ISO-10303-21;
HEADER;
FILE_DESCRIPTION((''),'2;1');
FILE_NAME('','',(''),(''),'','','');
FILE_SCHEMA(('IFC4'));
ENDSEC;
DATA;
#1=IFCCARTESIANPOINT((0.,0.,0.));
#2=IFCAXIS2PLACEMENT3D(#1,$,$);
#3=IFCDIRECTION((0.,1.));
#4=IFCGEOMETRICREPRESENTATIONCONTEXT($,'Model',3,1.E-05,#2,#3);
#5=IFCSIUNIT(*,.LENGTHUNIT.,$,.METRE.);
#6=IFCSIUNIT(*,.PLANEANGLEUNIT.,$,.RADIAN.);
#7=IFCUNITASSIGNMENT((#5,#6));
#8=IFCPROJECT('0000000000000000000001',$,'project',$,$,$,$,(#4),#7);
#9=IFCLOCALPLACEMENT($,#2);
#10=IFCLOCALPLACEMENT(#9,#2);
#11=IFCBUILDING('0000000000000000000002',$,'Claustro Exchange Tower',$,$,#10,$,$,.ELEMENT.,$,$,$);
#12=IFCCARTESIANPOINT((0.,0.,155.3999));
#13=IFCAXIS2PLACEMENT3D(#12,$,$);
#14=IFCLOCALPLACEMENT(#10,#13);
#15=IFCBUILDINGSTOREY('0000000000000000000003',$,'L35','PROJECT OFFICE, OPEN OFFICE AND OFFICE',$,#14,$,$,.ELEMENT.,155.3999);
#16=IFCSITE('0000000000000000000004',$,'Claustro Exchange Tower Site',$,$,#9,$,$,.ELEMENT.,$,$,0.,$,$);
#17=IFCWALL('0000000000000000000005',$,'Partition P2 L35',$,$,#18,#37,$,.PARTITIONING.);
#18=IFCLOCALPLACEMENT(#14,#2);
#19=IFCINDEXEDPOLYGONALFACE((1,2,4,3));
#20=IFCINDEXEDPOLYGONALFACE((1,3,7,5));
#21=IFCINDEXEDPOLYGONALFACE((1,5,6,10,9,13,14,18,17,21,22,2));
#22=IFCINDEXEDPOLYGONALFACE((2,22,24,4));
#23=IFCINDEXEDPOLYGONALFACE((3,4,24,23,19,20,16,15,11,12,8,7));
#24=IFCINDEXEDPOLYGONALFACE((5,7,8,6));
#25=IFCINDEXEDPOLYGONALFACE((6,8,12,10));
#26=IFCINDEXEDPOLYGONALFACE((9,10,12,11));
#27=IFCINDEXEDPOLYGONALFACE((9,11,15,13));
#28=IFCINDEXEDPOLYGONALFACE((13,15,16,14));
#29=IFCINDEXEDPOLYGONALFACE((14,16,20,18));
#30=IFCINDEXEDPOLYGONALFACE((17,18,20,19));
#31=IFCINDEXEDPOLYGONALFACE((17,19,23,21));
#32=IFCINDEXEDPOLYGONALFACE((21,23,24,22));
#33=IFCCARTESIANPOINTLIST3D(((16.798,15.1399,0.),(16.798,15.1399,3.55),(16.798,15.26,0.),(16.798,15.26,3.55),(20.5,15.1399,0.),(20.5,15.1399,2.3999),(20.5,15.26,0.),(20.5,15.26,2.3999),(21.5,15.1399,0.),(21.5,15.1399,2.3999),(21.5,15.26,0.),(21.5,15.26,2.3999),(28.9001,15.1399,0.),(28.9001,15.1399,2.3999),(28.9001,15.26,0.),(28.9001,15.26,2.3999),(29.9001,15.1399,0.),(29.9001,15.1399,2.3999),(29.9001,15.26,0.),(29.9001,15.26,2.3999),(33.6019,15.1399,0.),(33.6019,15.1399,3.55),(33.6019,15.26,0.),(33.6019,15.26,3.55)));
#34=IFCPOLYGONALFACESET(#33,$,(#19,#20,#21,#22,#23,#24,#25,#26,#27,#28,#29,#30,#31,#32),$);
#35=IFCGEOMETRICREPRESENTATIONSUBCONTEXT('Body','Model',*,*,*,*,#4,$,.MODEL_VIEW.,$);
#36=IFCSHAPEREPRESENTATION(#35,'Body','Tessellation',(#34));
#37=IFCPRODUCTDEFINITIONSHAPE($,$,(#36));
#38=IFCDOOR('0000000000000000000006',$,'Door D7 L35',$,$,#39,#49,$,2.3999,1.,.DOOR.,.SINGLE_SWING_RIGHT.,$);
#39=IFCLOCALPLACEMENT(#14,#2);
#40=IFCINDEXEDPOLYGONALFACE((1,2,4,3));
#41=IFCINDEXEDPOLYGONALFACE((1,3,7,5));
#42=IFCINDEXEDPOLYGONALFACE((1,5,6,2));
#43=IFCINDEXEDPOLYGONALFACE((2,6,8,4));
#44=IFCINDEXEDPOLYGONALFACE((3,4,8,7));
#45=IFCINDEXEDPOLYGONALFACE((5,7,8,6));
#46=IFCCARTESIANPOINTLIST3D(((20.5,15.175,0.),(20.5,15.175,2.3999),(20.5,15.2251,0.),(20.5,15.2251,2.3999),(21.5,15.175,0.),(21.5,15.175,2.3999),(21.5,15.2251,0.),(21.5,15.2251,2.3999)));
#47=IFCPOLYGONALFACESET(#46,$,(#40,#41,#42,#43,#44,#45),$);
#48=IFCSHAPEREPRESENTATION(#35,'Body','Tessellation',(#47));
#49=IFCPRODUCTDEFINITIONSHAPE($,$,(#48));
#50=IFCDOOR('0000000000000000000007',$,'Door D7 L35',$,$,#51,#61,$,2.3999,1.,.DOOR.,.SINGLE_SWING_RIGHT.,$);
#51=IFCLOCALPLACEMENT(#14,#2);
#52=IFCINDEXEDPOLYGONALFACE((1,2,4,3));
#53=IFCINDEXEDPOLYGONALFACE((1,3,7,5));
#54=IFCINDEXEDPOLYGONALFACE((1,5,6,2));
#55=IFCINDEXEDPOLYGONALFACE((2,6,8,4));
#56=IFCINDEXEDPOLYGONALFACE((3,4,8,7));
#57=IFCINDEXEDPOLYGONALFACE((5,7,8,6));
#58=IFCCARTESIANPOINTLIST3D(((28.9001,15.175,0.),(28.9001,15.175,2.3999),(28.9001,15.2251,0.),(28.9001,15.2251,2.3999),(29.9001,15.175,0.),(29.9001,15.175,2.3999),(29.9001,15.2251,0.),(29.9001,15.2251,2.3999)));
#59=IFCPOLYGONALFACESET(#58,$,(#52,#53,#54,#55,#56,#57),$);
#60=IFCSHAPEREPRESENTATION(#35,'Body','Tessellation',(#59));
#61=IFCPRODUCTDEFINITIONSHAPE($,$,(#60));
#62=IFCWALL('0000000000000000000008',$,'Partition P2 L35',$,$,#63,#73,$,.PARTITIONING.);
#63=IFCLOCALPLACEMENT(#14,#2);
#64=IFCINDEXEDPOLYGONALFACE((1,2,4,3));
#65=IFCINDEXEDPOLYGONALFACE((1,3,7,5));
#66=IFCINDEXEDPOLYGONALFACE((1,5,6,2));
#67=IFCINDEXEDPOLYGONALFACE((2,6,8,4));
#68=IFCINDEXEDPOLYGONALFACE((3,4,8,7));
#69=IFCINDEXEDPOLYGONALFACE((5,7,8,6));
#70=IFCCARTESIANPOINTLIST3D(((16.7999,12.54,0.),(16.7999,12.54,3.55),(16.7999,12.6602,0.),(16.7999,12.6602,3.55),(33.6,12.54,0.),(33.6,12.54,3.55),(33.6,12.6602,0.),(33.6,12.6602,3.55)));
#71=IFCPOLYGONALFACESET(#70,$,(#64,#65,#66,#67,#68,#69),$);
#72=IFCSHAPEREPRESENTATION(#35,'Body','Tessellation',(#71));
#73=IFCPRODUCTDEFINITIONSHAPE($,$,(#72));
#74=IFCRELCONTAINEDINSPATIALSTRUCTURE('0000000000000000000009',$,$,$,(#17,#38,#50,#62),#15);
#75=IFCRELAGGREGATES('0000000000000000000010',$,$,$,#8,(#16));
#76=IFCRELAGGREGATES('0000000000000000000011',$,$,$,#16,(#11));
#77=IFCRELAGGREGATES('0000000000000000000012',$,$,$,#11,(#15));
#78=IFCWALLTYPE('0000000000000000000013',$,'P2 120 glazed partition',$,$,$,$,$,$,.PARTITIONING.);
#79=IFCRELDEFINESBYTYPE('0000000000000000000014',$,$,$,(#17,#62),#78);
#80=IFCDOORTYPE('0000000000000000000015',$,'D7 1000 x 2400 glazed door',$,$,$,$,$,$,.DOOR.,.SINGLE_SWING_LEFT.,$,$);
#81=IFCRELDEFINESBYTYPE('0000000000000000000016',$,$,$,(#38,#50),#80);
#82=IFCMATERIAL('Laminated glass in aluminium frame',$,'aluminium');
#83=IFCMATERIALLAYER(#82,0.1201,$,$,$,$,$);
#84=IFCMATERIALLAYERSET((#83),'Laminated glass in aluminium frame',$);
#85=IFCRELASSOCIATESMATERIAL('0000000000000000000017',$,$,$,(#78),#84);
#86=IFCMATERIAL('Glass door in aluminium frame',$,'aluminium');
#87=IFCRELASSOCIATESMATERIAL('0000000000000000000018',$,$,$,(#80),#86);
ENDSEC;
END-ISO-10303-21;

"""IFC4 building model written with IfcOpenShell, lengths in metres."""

from ifc_helpers import new_model, si_unit, direction, frame, frame_2d, origin, place, context, subcontext, project, spatial, rectangle, extrude, material, layer, layer_set, type_object, element, fill, save


model = new_model("IFC4")

# Units and contexts
model_context = context("Model", 3, precision=1e-05, world=origin(), true_north=direction((0.0, 1.0)))
body_context = subcontext(model_context, "Body", "Model", "MODEL_VIEW")
ifc_project = project(units=[si_unit("LENGTHUNIT", "METRE"), si_unit("PLANEANGLEUNIT", "RADIAN")], contexts=[model_context])

# Site, building, storey
site_placement = place(None, origin())
site = spatial("IfcSite", under=ifc_project, at=site_placement, Name="Claustro Exchange Tower Site", CompositionType="ELEMENT", RefElevation=0.0)
building_placement = place(site_placement, origin())
building = spatial("IfcBuilding", under=site, at=building_placement, Name="Claustro Exchange Tower", CompositionType="ELEMENT")
storey_placement = place(building_placement, frame((0.0, 0.0, 155.3999)))
storey = spatial("IfcBuildingStorey", under=building, at=storey_placement, Name="L35", Description="PROJECT OFFICE, OPEN OFFICE AND OFFICE", CompositionType="ELEMENT", Elevation=155.3999)

# Shared definitions
ifc_material_1 = material(Name="Laminated glass in aluminium frame", Category="aluminium")
ifc_layer_1 = layer(ifc_material_1, 0.1201)
ifc_layer_set_1 = layer_set([ifc_layer_1], Name="Laminated glass in aluminium frame")
wall_type_1 = type_object("IfcWallType", Name="P2 120 glazed partition", PredefinedType="PARTITIONING", material=ifc_layer_set_1)

# Wall, openings, doors
wall_1_placement = place(storey_placement, frame((16.7981, 15.2, 0.0), z_axis=(0.0, 0.0, 1.0), x_axis=(1.0, 0.0, 0.0)))
wall_1 = element("IfcWall", 1, at=wall_1_placement, inside=storey, type_object=wall_type_1, Name="Partition P2 L35", PredefinedType="PARTITIONING", context=body_context, shape_type="SweptSolid", body=[
    extrude(rectangle(XDim=16.804, YDim=0.1201, at=frame_2d((8.4019, 0.0))), origin(), (0.0, 0.0, 1.0), 3.55),
])
opening_1_placement = place(wall_1_placement, frame((3.7019, 0.0, 0.0)))
opening_1 = element("IfcOpeningElement", 2, at=opening_1_placement, cuts=wall_1, PredefinedType="OPENING", context=body_context, shape_type="SweptSolid", body=[
    extrude(rectangle(XDim=1.0, YDim=2.3999, at=frame_2d((0.5, 1.2))), frame((0.0, 0.0701, 0.0), z_axis=(0.0, -1.0, 0.0), x_axis=(1.0, 0.0, 0.0)), (0.0, 0.0, 1.0), 0.1401),
])
opening_2_placement = place(wall_1_placement, frame((12.1021, 0.0, 0.0)))
opening_2 = element("IfcOpeningElement", 3, at=opening_2_placement, cuts=wall_1, PredefinedType="OPENING", context=body_context, shape_type="SweptSolid", body=[
    extrude(rectangle(XDim=1.0, YDim=2.3999, at=frame_2d((0.5, 1.2))), frame((0.0, 0.0701, 0.0), z_axis=(0.0, -1.0, 0.0), x_axis=(1.0, 0.0, 0.0)), (0.0, 0.0, 1.0), 0.1401),
])
ifc_material_2 = material(Name="Glass door in aluminium frame", Category="aluminium")
door_type_1 = type_object("IfcDoorType", Name="D7 1000 x 2400 glazed door", OperationType="SINGLE_SWING_LEFT", PredefinedType="DOOR", material=ifc_material_2)
door_1_placement = place(opening_1_placement, frame((1.0, 0.0, 0.0), z_axis=(0.0, 0.0, 1.0), x_axis=(-1.0, 0.0, 0.0)))
door_1 = element("IfcDoor", 4, at=door_1_placement, inside=storey, type_object=door_type_1, Name="Door D7 L35", OperationType="SINGLE_SWING_RIGHT", OverallHeight=2.3999, OverallWidth=1.0, PredefinedType="DOOR", context=body_context, shape_type="SweptSolid", body=[
    extrude(rectangle(XDim=1.0, YDim=2.3999, at=frame_2d((0.5, 1.2))), frame((0.0, 0.0249, 0.0), z_axis=(0.0, -1.0, 0.0), x_axis=(1.0, 0.0, 0.0)), (0.0, 0.0, 1.0), 0.05),
])
fill(opening_1, door_1)
door_2_placement = place(opening_2_placement, frame((1.0, 0.0, 0.0), z_axis=(0.0, 0.0, 1.0), x_axis=(-1.0, 0.0, 0.0)))
door_2 = element("IfcDoor", 5, at=door_2_placement, inside=storey, type_object=door_type_1, Name="Door D7 L35", OperationType="SINGLE_SWING_RIGHT", OverallHeight=2.3999, OverallWidth=1.0, PredefinedType="DOOR", context=body_context, shape_type="SweptSolid", body=[
    extrude(rectangle(XDim=1.0, YDim=2.3999, at=frame_2d((0.5, 1.2))), frame((0.0, 0.0249, 0.0), z_axis=(0.0, -1.0, 0.0), x_axis=(1.0, 0.0, 0.0)), (0.0, 0.0, 1.0), 0.05),
])
fill(opening_2, door_2)

# Wall
wall_2_placement = place(storey_placement, frame((16.8, 12.6001, 0.0), z_axis=(0.0, 0.0, 1.0), x_axis=(1.0, 0.0, 0.0)))
element("IfcWall", 6, at=wall_2_placement, inside=storey, type_object=wall_type_1, Name="Partition P2 L35", PredefinedType="PARTITIONING", context=body_context, shape_type="SweptSolid", body=[
    extrude(rectangle(XDim=16.8, YDim=0.1201, at=frame_2d((8.3999, 0.0))), origin(), (0.0, 0.0, 1.0), 3.55),
])

save(model, "model.ifc")
